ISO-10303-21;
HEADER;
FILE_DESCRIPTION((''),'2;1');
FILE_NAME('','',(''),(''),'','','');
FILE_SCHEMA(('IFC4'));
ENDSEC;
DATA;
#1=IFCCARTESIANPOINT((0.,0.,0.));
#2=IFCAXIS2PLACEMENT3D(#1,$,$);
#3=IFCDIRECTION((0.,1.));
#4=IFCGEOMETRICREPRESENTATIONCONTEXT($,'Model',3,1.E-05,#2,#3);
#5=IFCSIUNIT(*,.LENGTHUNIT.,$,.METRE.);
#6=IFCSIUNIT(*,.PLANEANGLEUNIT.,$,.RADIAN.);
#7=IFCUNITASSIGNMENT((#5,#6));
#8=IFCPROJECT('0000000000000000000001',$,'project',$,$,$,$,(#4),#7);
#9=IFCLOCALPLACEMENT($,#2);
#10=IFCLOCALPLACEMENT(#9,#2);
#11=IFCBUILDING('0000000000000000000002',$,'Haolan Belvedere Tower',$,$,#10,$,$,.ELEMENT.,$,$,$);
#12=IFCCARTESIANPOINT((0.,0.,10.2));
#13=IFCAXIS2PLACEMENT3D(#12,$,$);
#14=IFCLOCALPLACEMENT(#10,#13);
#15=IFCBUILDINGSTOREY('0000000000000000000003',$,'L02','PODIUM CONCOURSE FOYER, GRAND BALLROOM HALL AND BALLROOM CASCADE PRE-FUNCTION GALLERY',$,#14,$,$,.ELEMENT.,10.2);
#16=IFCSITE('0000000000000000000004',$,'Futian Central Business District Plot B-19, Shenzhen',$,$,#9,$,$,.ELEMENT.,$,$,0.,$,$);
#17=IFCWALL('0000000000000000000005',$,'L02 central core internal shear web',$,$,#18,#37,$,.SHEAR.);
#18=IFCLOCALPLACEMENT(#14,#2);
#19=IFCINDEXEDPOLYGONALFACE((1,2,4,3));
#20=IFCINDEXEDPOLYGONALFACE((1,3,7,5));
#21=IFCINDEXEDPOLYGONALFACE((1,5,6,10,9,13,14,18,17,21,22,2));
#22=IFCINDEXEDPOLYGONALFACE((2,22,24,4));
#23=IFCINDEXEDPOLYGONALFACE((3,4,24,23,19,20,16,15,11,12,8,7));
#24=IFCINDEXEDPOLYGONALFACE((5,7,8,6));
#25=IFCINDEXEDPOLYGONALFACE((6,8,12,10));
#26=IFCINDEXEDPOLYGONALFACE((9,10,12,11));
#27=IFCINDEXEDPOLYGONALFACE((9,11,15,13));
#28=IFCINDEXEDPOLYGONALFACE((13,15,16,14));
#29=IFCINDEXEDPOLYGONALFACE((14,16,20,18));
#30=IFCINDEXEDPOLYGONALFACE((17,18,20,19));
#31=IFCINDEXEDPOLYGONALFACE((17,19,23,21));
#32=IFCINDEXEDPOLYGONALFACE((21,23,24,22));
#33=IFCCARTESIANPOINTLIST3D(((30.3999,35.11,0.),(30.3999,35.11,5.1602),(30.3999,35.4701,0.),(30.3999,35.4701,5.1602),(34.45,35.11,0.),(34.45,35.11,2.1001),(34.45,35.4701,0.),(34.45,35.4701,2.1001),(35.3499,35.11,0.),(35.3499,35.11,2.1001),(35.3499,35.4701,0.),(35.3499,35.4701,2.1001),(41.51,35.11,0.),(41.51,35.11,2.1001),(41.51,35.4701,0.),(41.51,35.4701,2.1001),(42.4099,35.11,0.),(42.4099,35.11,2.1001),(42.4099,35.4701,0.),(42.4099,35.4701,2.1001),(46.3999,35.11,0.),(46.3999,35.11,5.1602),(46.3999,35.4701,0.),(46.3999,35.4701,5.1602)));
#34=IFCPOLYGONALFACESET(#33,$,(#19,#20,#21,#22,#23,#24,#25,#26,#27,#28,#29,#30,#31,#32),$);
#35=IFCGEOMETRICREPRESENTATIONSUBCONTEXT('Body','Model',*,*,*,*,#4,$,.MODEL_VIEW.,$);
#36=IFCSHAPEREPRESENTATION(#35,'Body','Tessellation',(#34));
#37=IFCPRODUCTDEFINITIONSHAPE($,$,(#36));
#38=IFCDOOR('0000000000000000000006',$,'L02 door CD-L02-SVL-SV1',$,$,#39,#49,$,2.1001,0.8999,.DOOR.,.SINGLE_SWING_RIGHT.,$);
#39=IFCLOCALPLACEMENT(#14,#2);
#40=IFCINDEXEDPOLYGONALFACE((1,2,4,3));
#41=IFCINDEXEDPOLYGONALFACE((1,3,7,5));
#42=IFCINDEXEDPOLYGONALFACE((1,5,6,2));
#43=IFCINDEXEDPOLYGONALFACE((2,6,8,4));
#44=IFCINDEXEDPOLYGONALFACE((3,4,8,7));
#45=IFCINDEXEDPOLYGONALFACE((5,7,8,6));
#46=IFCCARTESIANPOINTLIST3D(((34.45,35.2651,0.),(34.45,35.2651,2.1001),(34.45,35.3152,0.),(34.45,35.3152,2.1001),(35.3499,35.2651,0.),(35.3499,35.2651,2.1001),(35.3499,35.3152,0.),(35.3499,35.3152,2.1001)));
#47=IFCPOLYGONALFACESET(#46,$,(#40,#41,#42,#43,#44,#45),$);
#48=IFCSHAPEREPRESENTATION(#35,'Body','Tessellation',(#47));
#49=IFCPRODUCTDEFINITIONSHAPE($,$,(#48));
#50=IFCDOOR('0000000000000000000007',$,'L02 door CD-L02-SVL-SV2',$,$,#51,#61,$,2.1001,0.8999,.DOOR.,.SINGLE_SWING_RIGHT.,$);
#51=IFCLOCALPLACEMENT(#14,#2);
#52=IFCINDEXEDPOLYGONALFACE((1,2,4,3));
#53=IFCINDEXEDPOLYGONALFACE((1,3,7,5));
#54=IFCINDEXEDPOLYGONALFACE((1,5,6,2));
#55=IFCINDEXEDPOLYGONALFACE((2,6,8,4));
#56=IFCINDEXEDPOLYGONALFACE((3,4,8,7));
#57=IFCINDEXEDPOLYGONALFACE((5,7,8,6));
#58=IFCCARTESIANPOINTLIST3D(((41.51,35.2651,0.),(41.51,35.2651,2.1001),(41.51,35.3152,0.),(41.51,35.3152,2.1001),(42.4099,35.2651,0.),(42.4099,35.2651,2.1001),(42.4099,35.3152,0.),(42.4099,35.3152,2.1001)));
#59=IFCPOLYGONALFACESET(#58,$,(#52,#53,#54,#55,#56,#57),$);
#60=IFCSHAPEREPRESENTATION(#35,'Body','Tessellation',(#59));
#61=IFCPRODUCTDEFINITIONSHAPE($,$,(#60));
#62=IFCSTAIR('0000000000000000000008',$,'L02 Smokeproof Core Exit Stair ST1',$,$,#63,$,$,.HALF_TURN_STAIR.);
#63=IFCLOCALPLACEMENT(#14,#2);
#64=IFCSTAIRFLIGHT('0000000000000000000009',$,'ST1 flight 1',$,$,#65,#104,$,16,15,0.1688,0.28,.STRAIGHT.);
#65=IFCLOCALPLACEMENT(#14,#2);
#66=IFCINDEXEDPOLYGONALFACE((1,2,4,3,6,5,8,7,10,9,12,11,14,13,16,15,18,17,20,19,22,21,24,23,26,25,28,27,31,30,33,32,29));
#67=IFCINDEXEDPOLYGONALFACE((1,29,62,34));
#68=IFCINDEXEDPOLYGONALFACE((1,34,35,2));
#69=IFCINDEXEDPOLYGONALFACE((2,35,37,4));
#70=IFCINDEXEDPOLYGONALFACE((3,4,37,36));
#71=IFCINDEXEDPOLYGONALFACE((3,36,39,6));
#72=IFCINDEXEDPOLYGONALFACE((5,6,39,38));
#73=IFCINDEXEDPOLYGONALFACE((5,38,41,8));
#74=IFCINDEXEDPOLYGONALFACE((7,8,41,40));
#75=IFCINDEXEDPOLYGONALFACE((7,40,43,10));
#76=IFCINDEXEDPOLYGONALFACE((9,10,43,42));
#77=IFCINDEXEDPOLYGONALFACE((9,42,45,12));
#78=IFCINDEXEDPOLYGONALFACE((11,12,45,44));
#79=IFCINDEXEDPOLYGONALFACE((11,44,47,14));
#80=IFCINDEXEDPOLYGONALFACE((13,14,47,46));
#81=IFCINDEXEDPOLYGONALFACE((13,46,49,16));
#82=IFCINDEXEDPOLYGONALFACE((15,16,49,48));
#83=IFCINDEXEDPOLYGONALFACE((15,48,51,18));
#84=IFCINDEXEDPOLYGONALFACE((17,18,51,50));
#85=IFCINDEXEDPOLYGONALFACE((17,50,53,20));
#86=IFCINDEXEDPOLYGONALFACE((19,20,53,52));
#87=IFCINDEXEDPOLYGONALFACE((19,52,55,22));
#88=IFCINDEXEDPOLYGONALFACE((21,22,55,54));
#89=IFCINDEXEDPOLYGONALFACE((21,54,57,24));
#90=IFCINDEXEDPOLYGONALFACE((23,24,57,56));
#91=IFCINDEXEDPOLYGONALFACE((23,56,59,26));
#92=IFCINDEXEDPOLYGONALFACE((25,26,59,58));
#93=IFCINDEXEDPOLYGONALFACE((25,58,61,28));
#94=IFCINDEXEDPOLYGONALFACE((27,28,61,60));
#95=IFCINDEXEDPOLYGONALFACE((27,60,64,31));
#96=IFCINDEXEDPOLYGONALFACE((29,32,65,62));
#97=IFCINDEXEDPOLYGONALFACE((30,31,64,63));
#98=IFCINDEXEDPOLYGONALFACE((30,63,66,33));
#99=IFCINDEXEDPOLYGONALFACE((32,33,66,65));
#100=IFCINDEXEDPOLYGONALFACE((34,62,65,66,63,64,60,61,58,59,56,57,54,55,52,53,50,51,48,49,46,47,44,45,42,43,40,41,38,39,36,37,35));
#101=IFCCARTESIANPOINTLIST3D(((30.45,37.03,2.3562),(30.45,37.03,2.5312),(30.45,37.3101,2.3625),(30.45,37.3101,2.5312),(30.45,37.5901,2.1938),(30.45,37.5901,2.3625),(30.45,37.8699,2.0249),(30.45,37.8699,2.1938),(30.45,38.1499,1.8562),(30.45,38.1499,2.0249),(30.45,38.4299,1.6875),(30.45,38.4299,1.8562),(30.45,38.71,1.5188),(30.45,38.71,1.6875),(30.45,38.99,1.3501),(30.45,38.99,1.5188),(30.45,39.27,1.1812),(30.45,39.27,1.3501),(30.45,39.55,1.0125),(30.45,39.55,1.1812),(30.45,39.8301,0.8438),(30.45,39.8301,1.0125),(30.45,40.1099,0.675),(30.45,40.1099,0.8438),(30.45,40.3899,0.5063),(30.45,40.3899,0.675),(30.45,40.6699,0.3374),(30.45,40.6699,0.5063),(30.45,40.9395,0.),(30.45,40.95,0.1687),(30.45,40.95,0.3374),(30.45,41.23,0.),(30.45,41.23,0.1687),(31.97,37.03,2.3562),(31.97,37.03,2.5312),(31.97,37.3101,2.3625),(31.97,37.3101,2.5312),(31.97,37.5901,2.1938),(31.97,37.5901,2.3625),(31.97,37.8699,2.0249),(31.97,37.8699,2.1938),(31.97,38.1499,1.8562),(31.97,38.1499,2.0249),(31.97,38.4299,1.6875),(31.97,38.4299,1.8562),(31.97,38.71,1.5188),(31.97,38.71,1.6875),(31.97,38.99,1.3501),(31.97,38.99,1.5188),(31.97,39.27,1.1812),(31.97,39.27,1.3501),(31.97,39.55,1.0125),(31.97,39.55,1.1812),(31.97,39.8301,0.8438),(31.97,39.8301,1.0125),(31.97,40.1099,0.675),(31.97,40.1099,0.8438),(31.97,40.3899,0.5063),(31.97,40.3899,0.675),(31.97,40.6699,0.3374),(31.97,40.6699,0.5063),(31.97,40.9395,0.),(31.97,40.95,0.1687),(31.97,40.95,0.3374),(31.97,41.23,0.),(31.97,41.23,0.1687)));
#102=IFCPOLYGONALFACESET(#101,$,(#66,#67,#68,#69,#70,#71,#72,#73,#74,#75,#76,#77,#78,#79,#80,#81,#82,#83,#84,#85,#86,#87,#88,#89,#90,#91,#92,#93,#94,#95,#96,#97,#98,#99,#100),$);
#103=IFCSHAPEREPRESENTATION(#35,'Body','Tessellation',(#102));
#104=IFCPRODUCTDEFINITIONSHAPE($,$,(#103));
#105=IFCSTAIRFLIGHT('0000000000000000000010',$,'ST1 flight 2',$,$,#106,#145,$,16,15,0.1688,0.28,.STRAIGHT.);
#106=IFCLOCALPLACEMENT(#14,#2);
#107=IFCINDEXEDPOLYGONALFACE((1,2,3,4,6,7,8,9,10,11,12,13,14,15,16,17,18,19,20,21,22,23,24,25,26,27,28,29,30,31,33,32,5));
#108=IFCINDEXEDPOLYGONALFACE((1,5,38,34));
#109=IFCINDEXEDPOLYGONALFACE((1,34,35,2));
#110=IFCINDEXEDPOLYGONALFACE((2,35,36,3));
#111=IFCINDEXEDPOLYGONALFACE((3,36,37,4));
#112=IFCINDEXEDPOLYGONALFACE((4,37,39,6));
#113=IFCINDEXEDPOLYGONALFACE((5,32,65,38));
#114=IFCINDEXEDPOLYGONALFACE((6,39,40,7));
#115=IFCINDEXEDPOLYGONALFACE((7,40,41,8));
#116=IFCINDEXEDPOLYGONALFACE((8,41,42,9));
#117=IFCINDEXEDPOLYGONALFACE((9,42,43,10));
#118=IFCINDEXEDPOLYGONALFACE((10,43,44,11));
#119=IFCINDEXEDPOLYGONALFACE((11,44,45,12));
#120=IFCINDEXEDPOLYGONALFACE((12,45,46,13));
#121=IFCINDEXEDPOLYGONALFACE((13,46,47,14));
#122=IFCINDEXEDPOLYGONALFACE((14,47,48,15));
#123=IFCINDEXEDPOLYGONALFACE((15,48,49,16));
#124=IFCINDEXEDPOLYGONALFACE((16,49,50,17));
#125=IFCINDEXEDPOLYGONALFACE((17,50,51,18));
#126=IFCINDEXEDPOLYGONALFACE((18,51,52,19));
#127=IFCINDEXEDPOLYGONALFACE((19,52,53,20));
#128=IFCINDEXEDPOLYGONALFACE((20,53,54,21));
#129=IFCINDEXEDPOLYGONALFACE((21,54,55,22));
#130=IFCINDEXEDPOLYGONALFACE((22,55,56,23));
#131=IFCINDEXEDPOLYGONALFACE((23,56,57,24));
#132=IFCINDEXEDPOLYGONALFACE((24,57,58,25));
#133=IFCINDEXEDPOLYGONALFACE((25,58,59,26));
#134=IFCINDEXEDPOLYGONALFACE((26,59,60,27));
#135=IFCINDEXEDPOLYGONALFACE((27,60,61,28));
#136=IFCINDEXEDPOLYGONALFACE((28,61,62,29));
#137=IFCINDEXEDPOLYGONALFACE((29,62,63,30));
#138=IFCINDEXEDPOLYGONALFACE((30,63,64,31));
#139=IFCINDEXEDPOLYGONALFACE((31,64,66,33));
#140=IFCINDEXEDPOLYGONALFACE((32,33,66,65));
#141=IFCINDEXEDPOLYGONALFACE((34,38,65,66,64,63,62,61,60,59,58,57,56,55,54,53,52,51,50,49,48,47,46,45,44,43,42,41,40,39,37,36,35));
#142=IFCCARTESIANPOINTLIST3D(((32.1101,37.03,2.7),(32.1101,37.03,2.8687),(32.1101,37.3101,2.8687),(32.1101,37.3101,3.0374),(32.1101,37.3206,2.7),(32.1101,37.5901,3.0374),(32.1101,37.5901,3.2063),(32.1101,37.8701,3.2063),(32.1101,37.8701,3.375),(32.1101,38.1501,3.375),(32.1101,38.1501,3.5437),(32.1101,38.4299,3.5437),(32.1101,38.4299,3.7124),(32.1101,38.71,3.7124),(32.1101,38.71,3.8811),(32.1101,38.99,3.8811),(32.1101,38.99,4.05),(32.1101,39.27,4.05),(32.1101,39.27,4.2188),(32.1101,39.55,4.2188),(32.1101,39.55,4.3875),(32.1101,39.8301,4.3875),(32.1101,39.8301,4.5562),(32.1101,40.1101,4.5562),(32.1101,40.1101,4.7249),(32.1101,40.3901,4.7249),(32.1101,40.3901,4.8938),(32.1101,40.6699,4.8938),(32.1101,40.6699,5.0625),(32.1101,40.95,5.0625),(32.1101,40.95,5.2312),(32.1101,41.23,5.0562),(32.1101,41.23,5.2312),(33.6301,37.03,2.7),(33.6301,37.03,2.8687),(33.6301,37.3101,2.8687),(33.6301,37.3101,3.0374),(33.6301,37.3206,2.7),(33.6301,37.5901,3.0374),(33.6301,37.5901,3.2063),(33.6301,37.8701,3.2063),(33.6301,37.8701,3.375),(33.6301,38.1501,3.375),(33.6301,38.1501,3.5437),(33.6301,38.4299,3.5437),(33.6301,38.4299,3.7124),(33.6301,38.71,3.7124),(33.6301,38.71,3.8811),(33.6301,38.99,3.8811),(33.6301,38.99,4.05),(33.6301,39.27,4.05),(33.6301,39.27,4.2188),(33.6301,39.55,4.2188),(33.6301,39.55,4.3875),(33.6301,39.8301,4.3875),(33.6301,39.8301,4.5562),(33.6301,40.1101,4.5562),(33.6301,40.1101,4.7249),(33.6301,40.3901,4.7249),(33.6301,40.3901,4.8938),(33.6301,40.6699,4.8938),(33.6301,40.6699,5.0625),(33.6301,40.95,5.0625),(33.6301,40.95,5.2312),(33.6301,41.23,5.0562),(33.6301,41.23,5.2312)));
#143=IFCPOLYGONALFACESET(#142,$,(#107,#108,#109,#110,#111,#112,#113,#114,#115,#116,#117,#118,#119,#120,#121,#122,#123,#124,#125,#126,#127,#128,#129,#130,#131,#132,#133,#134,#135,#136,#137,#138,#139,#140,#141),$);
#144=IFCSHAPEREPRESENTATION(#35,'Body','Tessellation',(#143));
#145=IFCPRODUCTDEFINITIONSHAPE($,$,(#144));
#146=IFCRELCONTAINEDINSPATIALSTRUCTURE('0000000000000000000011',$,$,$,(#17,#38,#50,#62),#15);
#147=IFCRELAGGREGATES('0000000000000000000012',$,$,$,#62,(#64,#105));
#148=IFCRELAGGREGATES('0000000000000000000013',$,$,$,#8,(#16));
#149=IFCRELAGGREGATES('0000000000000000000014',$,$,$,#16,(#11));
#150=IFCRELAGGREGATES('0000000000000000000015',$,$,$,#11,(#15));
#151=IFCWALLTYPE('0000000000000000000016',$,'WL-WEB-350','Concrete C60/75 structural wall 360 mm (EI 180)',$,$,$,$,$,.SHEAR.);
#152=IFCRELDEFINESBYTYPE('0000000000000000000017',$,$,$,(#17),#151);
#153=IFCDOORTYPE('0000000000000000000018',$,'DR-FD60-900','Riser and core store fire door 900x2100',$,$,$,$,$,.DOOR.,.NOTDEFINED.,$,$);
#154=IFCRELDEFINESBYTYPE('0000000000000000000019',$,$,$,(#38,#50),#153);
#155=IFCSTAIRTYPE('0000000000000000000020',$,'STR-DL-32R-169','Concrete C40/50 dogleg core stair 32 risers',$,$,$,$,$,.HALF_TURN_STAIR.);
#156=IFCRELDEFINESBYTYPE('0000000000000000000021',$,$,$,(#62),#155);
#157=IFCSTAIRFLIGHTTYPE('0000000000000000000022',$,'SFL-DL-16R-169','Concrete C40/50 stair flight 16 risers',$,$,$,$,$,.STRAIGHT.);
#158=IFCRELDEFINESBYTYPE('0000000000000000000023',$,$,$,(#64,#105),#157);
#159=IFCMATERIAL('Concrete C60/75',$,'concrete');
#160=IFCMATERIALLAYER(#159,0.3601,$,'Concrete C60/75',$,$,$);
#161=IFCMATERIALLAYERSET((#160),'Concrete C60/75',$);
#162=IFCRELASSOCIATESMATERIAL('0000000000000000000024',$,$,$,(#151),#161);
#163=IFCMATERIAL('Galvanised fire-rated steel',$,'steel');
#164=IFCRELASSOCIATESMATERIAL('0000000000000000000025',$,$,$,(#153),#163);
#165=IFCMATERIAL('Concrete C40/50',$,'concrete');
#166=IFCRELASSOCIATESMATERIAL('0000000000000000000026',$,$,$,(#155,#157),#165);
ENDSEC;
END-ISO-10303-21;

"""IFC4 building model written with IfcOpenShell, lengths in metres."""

from ifc_helpers import new_model, si_unit, direction, frame, frame_2d, origin, place, context, subcontext, project, spatial, polyline, rectangle, outline, extrude, material, layer, layer_set, type_object, element, fill, aggregate, save


model = new_model("IFC4")

# Units and contexts
model_context = context("Model", 3, precision=1e-05, world=origin(), true_north=direction((0.0, 1.0)))
body_context = subcontext(model_context, "Body", "Model", "MODEL_VIEW")
ifc_project = project(units=[si_unit("LENGTHUNIT", "METRE"), si_unit("PLANEANGLEUNIT", "RADIAN")], contexts=[model_context])

# Site, building, storey
site_placement = place(None, origin())
site = spatial("IfcSite", under=ifc_project, at=site_placement, Name="Futian Central Business District Plot B-19, Shenzhen", CompositionType="ELEMENT", RefElevation=0.0)
building_placement = place(site_placement, origin())
building = spatial("IfcBuilding", under=site, at=building_placement, Name="Haolan Belvedere Tower", CompositionType="ELEMENT")
storey_placement = place(building_placement, frame((0.0, 0.0, 10.2)))
storey = spatial("IfcBuildingStorey", under=building, at=storey_placement, Name="L02", Description="PODIUM CONCOURSE FOYER, GRAND BALLROOM HALL AND BALLROOM CASCADE PRE-FUNCTION GALLERY", CompositionType="ELEMENT", Elevation=10.2)

# Wall, openings, doors
ifc_material_1 = material(Name="Concrete C60/75", Category="concrete")
ifc_layer_1 = layer(ifc_material_1, 0.3601, Name="Concrete C60/75")
ifc_layer_set_1 = layer_set([ifc_layer_1], Name="Concrete C60/75")
wall_type_1 = type_object("IfcWallType", Name="WL-WEB-350", Description="Concrete C60/75 structural wall 360 mm (EI 180)", PredefinedType="SHEAR", material=ifc_layer_set_1)
wall_1_placement = place(storey_placement, frame((30.3999, 35.29, 0.0), z_axis=(0.0, 0.0, 1.0), x_axis=(1.0, 0.0, 0.0)))
wall_1 = element("IfcWall", 1, at=wall_1_placement, inside=storey, type_object=wall_type_1, Name="L02 central core internal shear web", PredefinedType="SHEAR", context=body_context, shape_type="SweptSolid", body=[
    extrude(rectangle(XDim=16.0, YDim=0.3601, at=frame_2d((8.0, 0.0))), origin(), (0.0, 0.0, 1.0), 5.1602),
])
opening_1_placement = place(wall_1_placement, frame((4.95, 0.0, 0.0), z_axis=(0.0, 0.0, 1.0), x_axis=(-1.0, 0.0, 0.0)))
opening_1 = element("IfcOpeningElement", 2, at=opening_1_placement, cuts=wall_1, PredefinedType="OPENING", context=body_context, shape_type="SweptSolid", body=[
    extrude(rectangle(XDim=0.8999, YDim=2.1001, at=frame_2d((0.45, 1.05))), frame((0.0, 0.1899, 0.0), z_axis=(0.0, -1.0, 0.0), x_axis=(1.0, 0.0, 0.0)), (0.0, 0.0, 1.0), 0.3801),
])
opening_2_placement = place(wall_1_placement, frame((12.01, 0.0, 0.0), z_axis=(0.0, 0.0, 1.0), x_axis=(-1.0, 0.0, 0.0)))
opening_2 = element("IfcOpeningElement", 3, at=opening_2_placement, cuts=wall_1, PredefinedType="OPENING", context=body_context, shape_type="SweptSolid", body=[
    extrude(rectangle(XDim=0.8999, YDim=2.1001, at=frame_2d((0.45, 1.05))), frame((0.0, 0.1899, 0.0), z_axis=(0.0, -1.0, 0.0), x_axis=(1.0, 0.0, 0.0)), (0.0, 0.0, 1.0), 0.3801),
])
ifc_material_2 = material(Name="Galvanised fire-rated steel", Category="steel")
door_type_1 = type_object("IfcDoorType", Name="DR-FD60-900", Description="Riser and core store fire door 900x2100", OperationType="NOTDEFINED", PredefinedType="DOOR", material=ifc_material_2)
door_1_placement = place(opening_1_placement, origin())
door_1 = element("IfcDoor", 4, at=door_1_placement, inside=storey, type_object=door_type_1, Name="L02 door CD-L02-SVL-SV1", OperationType="SINGLE_SWING_RIGHT", OverallHeight=2.1001, OverallWidth=0.8999, PredefinedType="DOOR", context=body_context, shape_type="SweptSolid", body=[
    extrude(rectangle(XDim=0.8999, YDim=2.1001, at=frame_2d((0.45, 1.05))), frame((0.0, 0.0249, 0.0), z_axis=(0.0, -1.0, 0.0), x_axis=(1.0, 0.0, 0.0)), (0.0, 0.0, 1.0), 0.05),
])
fill(opening_1, door_1)
door_2_placement = place(opening_2_placement, origin())
door_2 = element("IfcDoor", 5, at=door_2_placement, inside=storey, type_object=door_type_1, Name="L02 door CD-L02-SVL-SV2", OperationType="SINGLE_SWING_RIGHT", OverallHeight=2.1001, OverallWidth=0.8999, PredefinedType="DOOR", context=body_context, shape_type="SweptSolid", body=[
    extrude(rectangle(XDim=0.8999, YDim=2.1001, at=frame_2d((0.45, 1.05))), frame((0.0, 0.0249, 0.0), z_axis=(0.0, -1.0, 0.0), x_axis=(1.0, 0.0, 0.0)), (0.0, 0.0, 1.0), 0.05),
])
fill(opening_2, door_2)

# Stair, stair flights
ifc_material_3 = material(Name="Concrete C40/50", Category="concrete")
stair_type = type_object("IfcStairType", Name="STR-DL-32R-169", Description="Concrete C40/50 dogleg core stair 32 risers", PredefinedType="HALF_TURN_STAIR", material=ifc_material_3)
stair_placement = place(storey_placement, origin())
stair = element("IfcStair", 6, at=stair_placement, inside=storey, type_object=stair_type, Name="L02 Smokeproof Core Exit Stair ST1", PredefinedType="HALF_TURN_STAIR")
stair_flight_type = type_object("IfcStairFlightType", Name="SFL-DL-16R-169", Description="Concrete C40/50 stair flight 16 risers", PredefinedType="STRAIGHT", material=ifc_material_3)
stair_flight_1_placement = place(storey_placement, frame((31.21, 41.23, 0.0), z_axis=(0.0, 0.0, 1.0), x_axis=(0.0, -1.0, 0.0)))
stair_flight_1 = element("IfcStairFlight", 7, at=stair_flight_1_placement, type_object=stair_flight_type, Name="ST1 flight 1", NumberOfRisers=16, NumberOfTreads=15, PredefinedType="STRAIGHT", RiserHeight=0.1688, TreadLength=0.28, context=body_context, shape_type="SweptSolid", body=[
    extrude(outline(polyline([(0.0, 0.0), (0.0, 0.1687), (0.28, 0.1687), (0.28, 0.3374), (0.5601, 0.3374), (0.5601, 0.5063), (0.8401, 0.5063), (0.8401, 0.675), (1.1201, 0.675), (1.1201, 0.8438), (1.3999, 0.8438), (1.3999, 1.0125), (1.6799, 1.0125), (1.6799, 1.1812), (1.96, 1.1812), (1.96, 1.3501), (2.24, 1.3501), (2.24, 1.5188), (2.52, 1.5188), (2.52, 1.6875), (2.8, 1.6875), (2.8, 1.8562), (3.0801, 1.8562), (3.0801, 2.0249), (3.3601, 2.0249), (3.3601, 2.1938), (3.6399, 2.1938), (3.6399, 2.3625), (3.9199, 2.3625), (3.9199, 2.5312), (4.2, 2.5312), (4.2, 2.7), (4.2, 2.3562), (0.2905, 0.0), (0.0, 0.0)])), frame((0.0, 0.76, 0.0), z_axis=(0.0, -1.0, 0.0), x_axis=(1.0, 0.0, 0.0)), (0.0, 0.0, 1.0), 1.52),
])
stair_flight_2_placement = place(storey_placement, frame((32.8701, 37.03, 2.7), z_axis=(0.0, 0.0, 1.0), x_axis=(0.0, 1.0, 0.0)))
stair_flight_2 = element("IfcStairFlight", 8, at=stair_flight_2_placement, type_object=stair_flight_type, Name="ST1 flight 2", NumberOfRisers=16, NumberOfTreads=15, PredefinedType="STRAIGHT", RiserHeight=0.1688, TreadLength=0.28, context=body_context, shape_type="SweptSolid", body=[
    extrude(outline(polyline([(0.0, 0.0), (0.0, 0.1687), (0.28, 0.1687), (0.28, 0.3374), (0.5601, 0.3374), (0.5601, 0.5063), (0.8401, 0.5063), (0.8401, 0.675), (1.1201, 0.675), (1.1201, 0.8438), (1.3999, 0.8438), (1.3999, 1.0125), (1.6799, 1.0125), (1.6799, 1.1812), (1.96, 1.1812), (1.96, 1.3501), (2.24, 1.3501), (2.24, 1.5188), (2.52, 1.5188), (2.52, 1.6875), (2.8, 1.6875), (2.8, 1.8562), (3.0801, 1.8562), (3.0801, 2.0249), (3.3601, 2.0249), (3.3601, 2.1938), (3.6399, 2.1938), (3.6399, 2.3625), (3.9199, 2.3625), (3.9199, 2.5312), (4.2, 2.5312), (4.2, 2.7), (4.2, 2.3562), (0.2905, 0.0), (0.0, 0.0)])), frame((0.0, 0.76, 0.0), z_axis=(0.0, -1.0, 0.0), x_axis=(1.0, 0.0, 0.0)), (0.0, 0.0, 1.0), 1.52),
])
aggregate(stair, [stair_flight_1, stair_flight_2])

save(model, "model.ifc")
